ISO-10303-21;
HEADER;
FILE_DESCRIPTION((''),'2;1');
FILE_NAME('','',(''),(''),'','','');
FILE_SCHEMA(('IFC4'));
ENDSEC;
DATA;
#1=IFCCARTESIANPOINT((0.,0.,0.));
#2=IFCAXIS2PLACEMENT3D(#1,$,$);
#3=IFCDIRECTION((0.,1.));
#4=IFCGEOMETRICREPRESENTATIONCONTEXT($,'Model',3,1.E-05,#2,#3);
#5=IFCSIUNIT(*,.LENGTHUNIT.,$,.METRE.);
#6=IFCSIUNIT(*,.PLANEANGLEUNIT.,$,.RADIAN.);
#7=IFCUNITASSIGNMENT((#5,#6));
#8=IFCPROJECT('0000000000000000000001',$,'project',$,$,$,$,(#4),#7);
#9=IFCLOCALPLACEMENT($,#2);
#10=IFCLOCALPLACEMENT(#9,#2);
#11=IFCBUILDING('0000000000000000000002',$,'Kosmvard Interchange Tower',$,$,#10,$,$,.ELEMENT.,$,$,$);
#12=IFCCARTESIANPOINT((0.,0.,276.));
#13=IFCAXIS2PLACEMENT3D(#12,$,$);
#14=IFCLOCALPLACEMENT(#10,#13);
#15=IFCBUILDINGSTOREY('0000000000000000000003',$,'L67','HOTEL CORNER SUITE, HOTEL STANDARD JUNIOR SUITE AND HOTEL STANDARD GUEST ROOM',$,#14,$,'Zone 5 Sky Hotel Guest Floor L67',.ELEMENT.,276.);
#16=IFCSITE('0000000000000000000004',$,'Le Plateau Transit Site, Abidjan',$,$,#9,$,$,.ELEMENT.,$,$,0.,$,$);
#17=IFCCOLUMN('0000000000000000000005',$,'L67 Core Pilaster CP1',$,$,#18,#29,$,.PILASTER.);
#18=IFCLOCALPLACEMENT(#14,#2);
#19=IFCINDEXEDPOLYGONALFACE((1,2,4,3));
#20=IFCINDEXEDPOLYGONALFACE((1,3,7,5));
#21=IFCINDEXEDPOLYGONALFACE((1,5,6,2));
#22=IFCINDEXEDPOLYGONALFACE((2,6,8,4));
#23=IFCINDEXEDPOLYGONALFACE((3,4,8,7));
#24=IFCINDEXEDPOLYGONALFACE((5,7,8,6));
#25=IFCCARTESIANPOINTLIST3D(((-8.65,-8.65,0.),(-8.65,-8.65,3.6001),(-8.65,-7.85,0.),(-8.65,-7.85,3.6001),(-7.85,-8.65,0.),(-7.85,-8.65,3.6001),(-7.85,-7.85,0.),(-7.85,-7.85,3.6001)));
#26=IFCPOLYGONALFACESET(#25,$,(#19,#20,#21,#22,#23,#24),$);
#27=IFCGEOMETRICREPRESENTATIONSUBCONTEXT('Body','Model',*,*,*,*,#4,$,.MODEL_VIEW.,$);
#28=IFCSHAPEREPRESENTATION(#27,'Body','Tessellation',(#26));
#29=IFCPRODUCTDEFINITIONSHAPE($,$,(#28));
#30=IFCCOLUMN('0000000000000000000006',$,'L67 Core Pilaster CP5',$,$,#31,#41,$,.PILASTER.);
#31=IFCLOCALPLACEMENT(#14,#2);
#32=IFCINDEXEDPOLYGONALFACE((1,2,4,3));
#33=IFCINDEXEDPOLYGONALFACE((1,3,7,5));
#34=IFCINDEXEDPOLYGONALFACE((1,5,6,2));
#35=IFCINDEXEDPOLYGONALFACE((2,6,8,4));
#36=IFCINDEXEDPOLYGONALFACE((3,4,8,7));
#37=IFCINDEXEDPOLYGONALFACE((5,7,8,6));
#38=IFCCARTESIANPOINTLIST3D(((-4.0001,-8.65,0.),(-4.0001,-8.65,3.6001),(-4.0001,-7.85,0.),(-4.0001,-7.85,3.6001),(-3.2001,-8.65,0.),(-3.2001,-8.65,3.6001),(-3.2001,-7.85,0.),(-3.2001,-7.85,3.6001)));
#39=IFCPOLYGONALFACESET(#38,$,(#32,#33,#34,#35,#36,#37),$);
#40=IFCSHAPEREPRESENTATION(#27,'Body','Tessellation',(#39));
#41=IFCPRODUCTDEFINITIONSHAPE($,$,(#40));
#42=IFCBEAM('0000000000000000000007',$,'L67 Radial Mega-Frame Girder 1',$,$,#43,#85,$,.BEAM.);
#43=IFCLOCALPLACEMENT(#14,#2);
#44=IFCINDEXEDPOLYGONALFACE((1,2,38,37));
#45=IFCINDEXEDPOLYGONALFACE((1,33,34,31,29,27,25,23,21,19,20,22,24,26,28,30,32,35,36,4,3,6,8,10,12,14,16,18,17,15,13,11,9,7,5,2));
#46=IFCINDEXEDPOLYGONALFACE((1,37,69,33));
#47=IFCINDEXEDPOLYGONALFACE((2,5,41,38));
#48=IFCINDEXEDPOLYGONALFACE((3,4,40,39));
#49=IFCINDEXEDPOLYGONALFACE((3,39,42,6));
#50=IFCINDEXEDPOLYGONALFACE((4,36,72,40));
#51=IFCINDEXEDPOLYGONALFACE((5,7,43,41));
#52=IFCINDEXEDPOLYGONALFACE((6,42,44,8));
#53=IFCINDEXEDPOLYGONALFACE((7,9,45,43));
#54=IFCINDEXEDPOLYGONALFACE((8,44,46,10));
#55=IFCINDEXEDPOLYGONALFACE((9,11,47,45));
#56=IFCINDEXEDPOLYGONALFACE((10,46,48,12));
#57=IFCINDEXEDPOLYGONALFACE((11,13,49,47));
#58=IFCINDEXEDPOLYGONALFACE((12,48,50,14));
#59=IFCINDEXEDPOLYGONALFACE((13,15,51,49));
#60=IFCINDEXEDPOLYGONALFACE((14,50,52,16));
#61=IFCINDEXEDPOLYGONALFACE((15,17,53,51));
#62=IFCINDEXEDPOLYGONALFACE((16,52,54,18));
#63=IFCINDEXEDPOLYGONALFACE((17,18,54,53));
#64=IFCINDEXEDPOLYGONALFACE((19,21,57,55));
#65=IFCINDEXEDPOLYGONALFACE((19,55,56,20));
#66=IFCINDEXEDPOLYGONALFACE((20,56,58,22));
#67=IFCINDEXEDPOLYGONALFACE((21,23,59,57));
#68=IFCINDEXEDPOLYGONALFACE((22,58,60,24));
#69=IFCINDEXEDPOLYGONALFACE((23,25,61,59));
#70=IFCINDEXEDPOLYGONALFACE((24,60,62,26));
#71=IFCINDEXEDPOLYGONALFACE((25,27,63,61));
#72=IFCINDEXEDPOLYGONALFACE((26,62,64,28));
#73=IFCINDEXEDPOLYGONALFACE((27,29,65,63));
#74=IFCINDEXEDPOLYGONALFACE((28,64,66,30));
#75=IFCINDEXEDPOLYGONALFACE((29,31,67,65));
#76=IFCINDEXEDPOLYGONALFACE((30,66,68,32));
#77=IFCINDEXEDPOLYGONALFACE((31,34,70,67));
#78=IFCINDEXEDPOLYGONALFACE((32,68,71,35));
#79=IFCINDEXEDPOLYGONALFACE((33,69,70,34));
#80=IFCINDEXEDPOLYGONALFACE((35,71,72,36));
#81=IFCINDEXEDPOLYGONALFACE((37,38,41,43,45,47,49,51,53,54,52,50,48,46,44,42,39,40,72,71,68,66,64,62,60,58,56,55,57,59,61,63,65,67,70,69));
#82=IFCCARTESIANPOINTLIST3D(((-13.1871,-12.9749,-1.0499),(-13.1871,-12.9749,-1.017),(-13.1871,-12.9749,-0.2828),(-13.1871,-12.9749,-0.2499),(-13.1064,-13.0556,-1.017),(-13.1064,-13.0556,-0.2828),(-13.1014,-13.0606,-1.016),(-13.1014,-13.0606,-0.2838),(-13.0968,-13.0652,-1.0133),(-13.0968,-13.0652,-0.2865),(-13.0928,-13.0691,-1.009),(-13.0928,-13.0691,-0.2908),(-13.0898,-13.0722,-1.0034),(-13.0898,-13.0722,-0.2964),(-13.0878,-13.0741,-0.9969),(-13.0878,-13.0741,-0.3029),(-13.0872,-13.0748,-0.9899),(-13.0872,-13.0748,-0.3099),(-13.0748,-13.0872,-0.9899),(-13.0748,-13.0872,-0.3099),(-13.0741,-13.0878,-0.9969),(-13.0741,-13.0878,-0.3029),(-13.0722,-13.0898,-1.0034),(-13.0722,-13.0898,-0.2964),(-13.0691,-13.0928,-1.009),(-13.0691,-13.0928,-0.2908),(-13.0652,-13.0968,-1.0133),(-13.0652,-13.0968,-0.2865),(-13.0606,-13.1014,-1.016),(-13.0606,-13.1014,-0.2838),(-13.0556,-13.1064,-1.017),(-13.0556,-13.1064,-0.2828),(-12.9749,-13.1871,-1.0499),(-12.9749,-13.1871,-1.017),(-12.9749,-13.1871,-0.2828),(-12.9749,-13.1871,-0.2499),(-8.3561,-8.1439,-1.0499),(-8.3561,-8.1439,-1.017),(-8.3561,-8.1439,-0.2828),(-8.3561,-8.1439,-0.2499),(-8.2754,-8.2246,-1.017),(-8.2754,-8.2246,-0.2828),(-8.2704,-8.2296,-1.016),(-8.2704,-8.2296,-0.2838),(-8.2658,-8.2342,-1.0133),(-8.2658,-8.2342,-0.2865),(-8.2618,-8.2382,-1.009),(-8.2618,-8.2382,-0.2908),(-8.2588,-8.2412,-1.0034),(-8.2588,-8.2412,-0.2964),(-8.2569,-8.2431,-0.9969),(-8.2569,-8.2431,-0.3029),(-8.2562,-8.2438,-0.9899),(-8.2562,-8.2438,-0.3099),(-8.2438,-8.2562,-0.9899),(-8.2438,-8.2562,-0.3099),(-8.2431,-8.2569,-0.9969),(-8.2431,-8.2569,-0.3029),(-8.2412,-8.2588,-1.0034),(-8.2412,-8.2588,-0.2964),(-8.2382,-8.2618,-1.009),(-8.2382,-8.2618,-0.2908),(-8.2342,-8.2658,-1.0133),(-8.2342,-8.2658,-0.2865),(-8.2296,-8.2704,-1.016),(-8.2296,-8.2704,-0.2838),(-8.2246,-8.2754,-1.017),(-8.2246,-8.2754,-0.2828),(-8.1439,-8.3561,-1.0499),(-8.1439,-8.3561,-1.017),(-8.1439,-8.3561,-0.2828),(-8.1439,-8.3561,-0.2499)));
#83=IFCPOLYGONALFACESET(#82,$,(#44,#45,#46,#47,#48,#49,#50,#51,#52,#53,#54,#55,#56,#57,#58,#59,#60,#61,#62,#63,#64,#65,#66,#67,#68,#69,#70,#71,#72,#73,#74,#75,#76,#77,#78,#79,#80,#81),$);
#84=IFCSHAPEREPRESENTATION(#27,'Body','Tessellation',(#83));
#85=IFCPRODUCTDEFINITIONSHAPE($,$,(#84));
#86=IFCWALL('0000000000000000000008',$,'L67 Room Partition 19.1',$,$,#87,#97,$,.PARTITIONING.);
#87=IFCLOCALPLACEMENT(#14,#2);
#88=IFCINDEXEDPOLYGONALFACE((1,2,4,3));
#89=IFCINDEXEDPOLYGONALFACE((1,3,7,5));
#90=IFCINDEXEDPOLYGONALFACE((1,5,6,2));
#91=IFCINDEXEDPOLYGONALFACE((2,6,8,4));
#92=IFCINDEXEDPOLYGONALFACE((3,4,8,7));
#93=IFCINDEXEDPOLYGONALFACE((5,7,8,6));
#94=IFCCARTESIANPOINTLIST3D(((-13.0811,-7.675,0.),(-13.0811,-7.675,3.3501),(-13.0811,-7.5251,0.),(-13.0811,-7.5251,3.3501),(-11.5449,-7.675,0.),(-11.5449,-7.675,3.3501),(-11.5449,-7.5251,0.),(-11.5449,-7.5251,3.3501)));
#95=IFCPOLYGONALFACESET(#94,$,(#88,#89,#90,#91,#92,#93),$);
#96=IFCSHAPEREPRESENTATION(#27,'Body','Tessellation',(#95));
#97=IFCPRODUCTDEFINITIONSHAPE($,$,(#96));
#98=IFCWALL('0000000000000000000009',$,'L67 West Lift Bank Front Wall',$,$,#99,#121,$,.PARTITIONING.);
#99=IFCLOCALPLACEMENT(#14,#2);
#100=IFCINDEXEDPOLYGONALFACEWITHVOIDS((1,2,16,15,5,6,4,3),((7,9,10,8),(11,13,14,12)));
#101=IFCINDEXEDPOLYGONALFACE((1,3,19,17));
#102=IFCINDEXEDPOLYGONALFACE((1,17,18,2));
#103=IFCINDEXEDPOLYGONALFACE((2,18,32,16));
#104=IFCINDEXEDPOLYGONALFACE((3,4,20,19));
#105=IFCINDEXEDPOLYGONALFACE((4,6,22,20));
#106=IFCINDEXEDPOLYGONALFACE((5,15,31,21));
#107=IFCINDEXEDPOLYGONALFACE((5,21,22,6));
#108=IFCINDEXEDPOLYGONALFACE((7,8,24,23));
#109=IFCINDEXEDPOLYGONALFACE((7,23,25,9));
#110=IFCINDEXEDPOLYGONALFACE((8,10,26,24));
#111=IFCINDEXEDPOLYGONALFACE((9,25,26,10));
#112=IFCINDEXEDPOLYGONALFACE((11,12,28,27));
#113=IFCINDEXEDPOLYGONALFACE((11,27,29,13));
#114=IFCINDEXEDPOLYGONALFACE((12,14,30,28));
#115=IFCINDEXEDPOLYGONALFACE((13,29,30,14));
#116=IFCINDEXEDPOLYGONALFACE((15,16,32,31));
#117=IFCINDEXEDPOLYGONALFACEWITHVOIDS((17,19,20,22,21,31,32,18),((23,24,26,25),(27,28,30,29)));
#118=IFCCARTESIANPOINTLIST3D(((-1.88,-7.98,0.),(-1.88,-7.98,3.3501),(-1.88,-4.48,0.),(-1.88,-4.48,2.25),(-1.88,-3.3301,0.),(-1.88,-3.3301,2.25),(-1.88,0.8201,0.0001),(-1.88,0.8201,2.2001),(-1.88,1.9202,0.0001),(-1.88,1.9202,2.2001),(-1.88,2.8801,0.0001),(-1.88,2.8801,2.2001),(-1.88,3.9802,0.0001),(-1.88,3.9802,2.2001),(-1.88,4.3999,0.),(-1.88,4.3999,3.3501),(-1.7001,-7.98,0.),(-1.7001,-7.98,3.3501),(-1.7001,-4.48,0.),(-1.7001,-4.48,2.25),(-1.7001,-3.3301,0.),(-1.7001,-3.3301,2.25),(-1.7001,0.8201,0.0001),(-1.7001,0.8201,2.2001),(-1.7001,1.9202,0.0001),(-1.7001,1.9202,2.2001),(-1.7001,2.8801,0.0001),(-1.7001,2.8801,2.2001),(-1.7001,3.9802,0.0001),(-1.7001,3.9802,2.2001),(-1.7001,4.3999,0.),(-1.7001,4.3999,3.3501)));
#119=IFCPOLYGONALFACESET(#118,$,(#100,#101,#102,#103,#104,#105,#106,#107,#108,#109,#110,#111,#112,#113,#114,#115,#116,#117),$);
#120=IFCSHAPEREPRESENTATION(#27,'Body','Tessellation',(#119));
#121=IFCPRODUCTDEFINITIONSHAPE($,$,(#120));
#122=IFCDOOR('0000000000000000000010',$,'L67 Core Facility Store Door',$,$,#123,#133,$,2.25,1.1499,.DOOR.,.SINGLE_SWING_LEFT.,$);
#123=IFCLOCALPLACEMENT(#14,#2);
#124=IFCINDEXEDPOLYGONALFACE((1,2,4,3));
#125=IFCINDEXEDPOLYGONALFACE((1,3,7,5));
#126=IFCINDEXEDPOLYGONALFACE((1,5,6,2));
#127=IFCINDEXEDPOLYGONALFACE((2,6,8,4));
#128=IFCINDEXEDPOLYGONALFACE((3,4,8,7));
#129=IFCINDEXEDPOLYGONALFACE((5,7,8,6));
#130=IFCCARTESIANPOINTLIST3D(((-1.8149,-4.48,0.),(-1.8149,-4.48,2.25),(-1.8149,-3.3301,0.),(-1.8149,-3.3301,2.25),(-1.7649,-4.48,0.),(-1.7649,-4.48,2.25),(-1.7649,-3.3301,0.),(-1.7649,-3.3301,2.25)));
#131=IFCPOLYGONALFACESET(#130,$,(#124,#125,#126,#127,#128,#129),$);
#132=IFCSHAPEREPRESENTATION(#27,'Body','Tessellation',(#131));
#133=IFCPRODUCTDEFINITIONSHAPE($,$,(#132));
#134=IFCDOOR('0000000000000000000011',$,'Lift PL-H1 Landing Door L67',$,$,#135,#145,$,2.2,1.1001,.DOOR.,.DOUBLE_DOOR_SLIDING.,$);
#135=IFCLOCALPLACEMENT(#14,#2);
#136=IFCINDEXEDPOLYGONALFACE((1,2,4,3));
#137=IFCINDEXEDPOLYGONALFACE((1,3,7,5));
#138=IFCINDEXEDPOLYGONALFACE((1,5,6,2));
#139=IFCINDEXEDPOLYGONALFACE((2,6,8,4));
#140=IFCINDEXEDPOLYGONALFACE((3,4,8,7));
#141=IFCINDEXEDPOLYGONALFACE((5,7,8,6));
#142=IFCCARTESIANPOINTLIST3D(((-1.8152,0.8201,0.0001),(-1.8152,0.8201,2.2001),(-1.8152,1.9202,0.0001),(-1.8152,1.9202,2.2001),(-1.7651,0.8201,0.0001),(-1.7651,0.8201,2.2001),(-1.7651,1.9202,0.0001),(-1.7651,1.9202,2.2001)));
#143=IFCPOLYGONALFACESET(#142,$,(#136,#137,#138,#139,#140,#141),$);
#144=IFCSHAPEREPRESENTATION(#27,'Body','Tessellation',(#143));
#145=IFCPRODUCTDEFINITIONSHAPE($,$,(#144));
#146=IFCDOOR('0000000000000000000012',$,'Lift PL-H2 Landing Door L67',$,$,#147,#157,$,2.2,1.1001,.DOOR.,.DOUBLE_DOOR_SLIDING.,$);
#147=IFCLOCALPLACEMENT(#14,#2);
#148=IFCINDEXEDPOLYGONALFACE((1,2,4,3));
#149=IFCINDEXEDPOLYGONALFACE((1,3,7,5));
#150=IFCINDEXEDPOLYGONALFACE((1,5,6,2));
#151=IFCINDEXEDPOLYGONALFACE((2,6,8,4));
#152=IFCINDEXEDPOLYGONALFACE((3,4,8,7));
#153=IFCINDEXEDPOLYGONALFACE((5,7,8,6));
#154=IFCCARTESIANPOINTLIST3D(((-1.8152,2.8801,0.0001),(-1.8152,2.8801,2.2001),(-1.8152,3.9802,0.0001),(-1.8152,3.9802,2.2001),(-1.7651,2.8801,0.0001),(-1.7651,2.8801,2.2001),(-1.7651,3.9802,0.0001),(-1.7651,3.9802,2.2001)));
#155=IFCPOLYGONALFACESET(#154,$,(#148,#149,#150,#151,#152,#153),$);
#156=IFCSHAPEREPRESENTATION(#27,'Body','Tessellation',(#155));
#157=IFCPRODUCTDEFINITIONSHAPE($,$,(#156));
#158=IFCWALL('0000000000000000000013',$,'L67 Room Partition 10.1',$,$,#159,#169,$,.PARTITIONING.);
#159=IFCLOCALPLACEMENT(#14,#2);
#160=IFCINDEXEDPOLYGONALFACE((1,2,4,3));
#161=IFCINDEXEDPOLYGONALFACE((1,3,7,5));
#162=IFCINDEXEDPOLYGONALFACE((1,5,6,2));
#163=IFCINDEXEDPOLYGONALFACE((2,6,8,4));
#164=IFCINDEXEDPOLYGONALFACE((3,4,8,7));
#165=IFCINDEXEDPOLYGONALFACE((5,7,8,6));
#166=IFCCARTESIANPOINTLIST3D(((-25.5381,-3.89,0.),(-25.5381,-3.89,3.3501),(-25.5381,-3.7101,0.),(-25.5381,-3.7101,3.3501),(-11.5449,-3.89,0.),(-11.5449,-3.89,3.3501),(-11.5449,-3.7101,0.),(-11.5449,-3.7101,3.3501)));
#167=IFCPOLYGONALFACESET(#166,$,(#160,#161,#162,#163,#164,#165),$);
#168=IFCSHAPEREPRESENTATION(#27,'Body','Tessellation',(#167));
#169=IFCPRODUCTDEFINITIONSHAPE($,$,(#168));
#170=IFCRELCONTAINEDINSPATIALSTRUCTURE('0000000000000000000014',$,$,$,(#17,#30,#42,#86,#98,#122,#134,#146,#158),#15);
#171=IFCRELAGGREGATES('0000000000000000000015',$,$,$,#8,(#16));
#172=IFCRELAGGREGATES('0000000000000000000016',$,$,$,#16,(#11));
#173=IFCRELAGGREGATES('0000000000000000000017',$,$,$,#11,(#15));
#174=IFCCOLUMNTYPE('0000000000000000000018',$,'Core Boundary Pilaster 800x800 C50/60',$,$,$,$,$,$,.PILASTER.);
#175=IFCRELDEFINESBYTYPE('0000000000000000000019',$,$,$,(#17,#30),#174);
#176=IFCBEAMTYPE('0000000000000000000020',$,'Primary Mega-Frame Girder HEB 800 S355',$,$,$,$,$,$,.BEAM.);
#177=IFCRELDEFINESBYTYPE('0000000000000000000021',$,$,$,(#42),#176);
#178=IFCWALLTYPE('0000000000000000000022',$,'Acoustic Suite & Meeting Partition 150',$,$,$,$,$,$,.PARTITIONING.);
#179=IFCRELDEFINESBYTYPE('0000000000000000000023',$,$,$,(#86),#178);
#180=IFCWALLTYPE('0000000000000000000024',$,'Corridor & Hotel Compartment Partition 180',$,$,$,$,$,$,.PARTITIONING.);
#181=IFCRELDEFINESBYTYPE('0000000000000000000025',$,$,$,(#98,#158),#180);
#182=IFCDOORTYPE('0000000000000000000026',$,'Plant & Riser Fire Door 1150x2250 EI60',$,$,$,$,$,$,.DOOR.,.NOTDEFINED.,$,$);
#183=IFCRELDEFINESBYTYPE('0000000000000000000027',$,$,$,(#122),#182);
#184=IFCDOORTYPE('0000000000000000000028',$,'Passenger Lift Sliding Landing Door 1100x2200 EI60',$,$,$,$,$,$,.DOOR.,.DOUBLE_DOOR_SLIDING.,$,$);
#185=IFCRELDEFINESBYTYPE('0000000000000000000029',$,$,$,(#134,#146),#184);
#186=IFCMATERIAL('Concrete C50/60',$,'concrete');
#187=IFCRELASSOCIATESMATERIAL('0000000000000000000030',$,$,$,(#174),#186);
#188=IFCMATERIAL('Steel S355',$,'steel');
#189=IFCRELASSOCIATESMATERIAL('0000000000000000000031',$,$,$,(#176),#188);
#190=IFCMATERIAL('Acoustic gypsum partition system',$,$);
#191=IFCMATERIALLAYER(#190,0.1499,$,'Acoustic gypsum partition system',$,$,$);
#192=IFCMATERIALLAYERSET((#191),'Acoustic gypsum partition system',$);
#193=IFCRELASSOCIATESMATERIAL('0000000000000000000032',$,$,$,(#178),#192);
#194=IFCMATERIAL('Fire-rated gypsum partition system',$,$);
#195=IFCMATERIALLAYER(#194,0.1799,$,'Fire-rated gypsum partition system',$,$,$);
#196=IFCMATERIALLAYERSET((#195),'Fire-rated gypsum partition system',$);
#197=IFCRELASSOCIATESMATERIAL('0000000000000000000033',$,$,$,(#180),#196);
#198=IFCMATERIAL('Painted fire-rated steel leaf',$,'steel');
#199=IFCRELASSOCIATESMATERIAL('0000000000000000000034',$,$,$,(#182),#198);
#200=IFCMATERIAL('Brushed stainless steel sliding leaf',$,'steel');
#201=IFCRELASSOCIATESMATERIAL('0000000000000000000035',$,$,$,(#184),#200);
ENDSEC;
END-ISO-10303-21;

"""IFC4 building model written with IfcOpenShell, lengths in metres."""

from ifc_helpers import new_model, si_unit, direction, frame, frame_2d, origin, origin_2d, place, context, subcontext, project, spatial, rectangle, i_section, extrude, source, transform, mapped, material, layer, layer_set, material_profile, profile_set, type_object, element, fill, save


model = new_model("IFC4")

# Units and contexts
model_context = context("Model", 3, precision=1e-05, world=origin(), true_north=direction((0.0, 1.0)))
body_context = subcontext(model_context, "Body", "Model", "MODEL_VIEW")
ifc_project = project(units=[si_unit("LENGTHUNIT", "METRE"), si_unit("PLANEANGLEUNIT", "RADIAN")], contexts=[model_context])

# Site, building, storey
site_placement = place(None, origin())
site = spatial("IfcSite", under=ifc_project, at=site_placement, Name="Le Plateau Transit Site, Abidjan", CompositionType="ELEMENT", RefElevation=0.0)
building_placement = place(site_placement, origin())
building = spatial("IfcBuilding", under=site, at=building_placement, Name="Kosmvard Interchange Tower", CompositionType="ELEMENT")
storey_placement = place(building_placement, frame((0.0, 0.0, 276.0)))
storey = spatial("IfcBuildingStorey", under=building, at=storey_placement, Name="L67", Description="HOTEL CORNER SUITE, HOTEL STANDARD JUNIOR SUITE AND HOTEL STANDARD GUEST ROOM", LongName="Zone 5 Sky Hotel Guest Floor L67", CompositionType="ELEMENT", Elevation=276.0)

# Columns
ifc_material_1 = material(Name="Concrete C50/60", Category="concrete")
ifc_material_profile_1 = material_profile(ifc_material_1, rectangle(XDim=0.8, YDim=0.8, at=origin_2d()), Name="CP 800x800")
ifc_profile_set_1 = profile_set([ifc_material_profile_1], Name="Concrete C50/60")
column_type = type_object("IfcColumnType", Name="Core Boundary Pilaster 800x800 C50/60", PredefinedType="PILASTER", material=ifc_profile_set_1)
shared_shape_1 = source(origin(), body_context, "Body", "SweptSolid", [
    extrude(rectangle(XDim=0.8, YDim=0.8, at=origin_2d()), origin(), (0.0, 0.0, 1.0), 3.6001),
])
for number, where, z_axis, x_axis, name in (
    (1, (-8.25, -8.25, 0.0), (0.0, 0.0, 1.0), (1.0, 0.0, 0.0), "L67 Core Pilaster CP1"),
    (2, (-3.6001, -8.25, 0.0), (0.0, 0.0, 1.0), (1.0, 0.0, 0.0), "L67 Core Pilaster CP5"),
):
    element("IfcColumn", number, at=place(storey_placement, frame(where, z_axis=z_axis, x_axis=x_axis)), inside=storey, type_object=column_type, Name=name, PredefinedType="PILASTER", context=body_context, shape_type="MappedRepresentation", body=[
        mapped(shared_shape_1, transform((0.0, 0.0, 0.0), scale=1.0)),
    ])

# Beam
ifc_material_2 = material(Name="Steel S355", Category="steel")
ifc_material_profile_2 = material_profile(ifc_material_2, i_section(OverallWidth=0.3, OverallDepth=0.8, WebThickness=0.0176, FlangeThickness=0.033, FilletRadius=0.0271, at=origin_2d()), Name="HEB 800")
ifc_profile_set_2 = profile_set([ifc_material_profile_2], Name="Steel S355")
beam_type = type_object("IfcBeamType", Name="Primary Mega-Frame Girder HEB 800 S355", PredefinedType="BEAM", material=ifc_profile_set_2)
shared_shape_2 = source(origin(), body_context, "Body", "SweptSolid", [
    extrude(i_section(OverallWidth=0.3, OverallDepth=0.8, WebThickness=0.0176, FlangeThickness=0.033, FilletRadius=0.0271, at=origin_2d()), origin(), (0.0, 0.0, 1.0), 6.832),
])
beam_placement = place(storey_placement, frame((-8.25, -8.25, -0.6499), z_axis=(-0.707107, -0.707107, 0.0), x_axis=(0.707107, -0.707107, 0.0)))
element("IfcBeam", 3, at=beam_placement, inside=storey, type_object=beam_type, Name="L67 Radial Mega-Frame Girder 1", PredefinedType="BEAM", context=body_context, shape_type="MappedRepresentation", body=[
    mapped(shared_shape_2, transform((0.0, 0.0, 0.0), scale=1.0)),
])

# Wall
ifc_material_3 = material(Name="Acoustic gypsum partition system")
ifc_layer_1 = layer(ifc_material_3, 0.1499, Name="Acoustic gypsum partition system")
ifc_layer_set_1 = layer_set([ifc_layer_1], Name="Acoustic gypsum partition system")
wall_type_1 = type_object("IfcWallType", Name="Acoustic Suite & Meeting Partition 150", PredefinedType="PARTITIONING", material=ifc_layer_set_1)
wall_1_placement = place(storey_placement, frame((-11.5449, -7.6001, 0.0), z_axis=(0.0, 0.0, 1.0), x_axis=(-1.0, 0.0, 0.0)))
element("IfcWall", 4, at=wall_1_placement, inside=storey, type_object=wall_type_1, Name="L67 Room Partition 19.1", PredefinedType="PARTITIONING", context=body_context, shape_type="SweptSolid", body=[
    extrude(rectangle(XDim=1.5361, YDim=0.1499, at=frame_2d((0.7681, 0.0))), origin(), (0.0, 0.0, 1.0), 3.3501),
])

# Wall, openings, doors
ifc_material_4 = material(Name="Fire-rated gypsum partition system")
ifc_layer_2 = layer(ifc_material_4, 0.1799, Name="Fire-rated gypsum partition system")
ifc_layer_set_2 = layer_set([ifc_layer_2], Name="Fire-rated gypsum partition system")
wall_type_2 = type_object("IfcWallType", Name="Corridor & Hotel Compartment Partition 180", PredefinedType="PARTITIONING", material=ifc_layer_set_2)
wall_2_placement = place(storey_placement, frame((-1.79, -7.98, 0.0), z_axis=(0.0, 0.0, 1.0), x_axis=(0.0, 1.0, 0.0)))
wall_2 = element("IfcWall", 5, at=wall_2_placement, inside=storey, type_object=wall_type_2, Name="L67 West Lift Bank Front Wall", PredefinedType="PARTITIONING", context=body_context, shape_type="SweptSolid", body=[
    extrude(rectangle(XDim=12.3799, YDim=0.1799, at=frame_2d((6.1899, 0.0))), origin(), (0.0, 0.0, 1.0), 3.3501),
])
opening_1_placement = place(wall_2_placement, frame((8.8, 0.0, 0.0)))
opening_1 = element("IfcOpeningElement", 6, at=opening_1_placement, cuts=wall_2, PredefinedType="OPENING", context=body_context, shape_type="SweptSolid", body=[
    extrude(rectangle(XDim=1.1001, YDim=2.2, at=frame_2d((0.55, 1.1001))), frame((0.0, 0.1001, 0.0), z_axis=(0.0, -1.0, 0.0), x_axis=(1.0, 0.0, 0.0)), (0.0, 0.0, 1.0), 0.2),
])
opening_2_placement = place(wall_2_placement, frame((10.8601, 0.0, 0.0)))
opening_2 = element("IfcOpeningElement", 7, at=opening_2_placement, cuts=wall_2, PredefinedType="OPENING", context=body_context, shape_type="SweptSolid", body=[
    extrude(rectangle(XDim=1.1001, YDim=2.2, at=frame_2d((0.55, 1.1001))), frame((0.0, 0.1001, 0.0), z_axis=(0.0, -1.0, 0.0), x_axis=(1.0, 0.0, 0.0)), (0.0, 0.0, 1.0), 0.2),
])
opening_3_placement = place(wall_2_placement, frame((3.5, 0.0, 0.0)))
opening_3 = element("IfcOpeningElement", 8, at=opening_3_placement, cuts=wall_2, PredefinedType="OPENING", context=body_context, shape_type="SweptSolid", body=[
    extrude(rectangle(XDim=1.1499, YDim=2.25, at=frame_2d((0.575, 1.125))), frame((0.0, 0.1001, 0.0), z_axis=(0.0, -1.0, 0.0), x_axis=(1.0, 0.0, 0.0)), (0.0, 0.0, 1.0), 0.2),
])
ifc_material_5 = material(Name="Painted fire-rated steel leaf", Category="steel")
door_type_1 = type_object("IfcDoorType", Name="Plant & Riser Fire Door 1150x2250 EI60", OperationType="NOTDEFINED", PredefinedType="DOOR", material=ifc_material_5)
shared_shape_3 = source(origin(), body_context, "Body", "SweptSolid", [
    extrude(rectangle(XDim=1.1499, YDim=2.25, at=frame_2d((0.575, 1.125))), frame((0.0, 0.0249, 0.0), z_axis=(0.0, -1.0, 0.0), x_axis=(1.0, 0.0, 0.0)), (0.0, 0.0, 1.0), 0.05),
])
door_1_placement = place(opening_3_placement, origin())
door_1 = element("IfcDoor", 9, at=door_1_placement, inside=storey, type_object=door_type_1, Name="L67 Core Facility Store Door", OperationType="SINGLE_SWING_LEFT", OverallHeight=2.25, OverallWidth=1.1499, PredefinedType="DOOR", context=body_context, shape_type="MappedRepresentation", body=[
    mapped(shared_shape_3, transform((0.0, 0.0, 0.0), scale=1.0)),
])
fill(opening_3, door_1)
ifc_material_6 = material(Name="Brushed stainless steel sliding leaf", Category="steel")
door_type_2 = type_object("IfcDoorType", Name="Passenger Lift Sliding Landing Door 1100x2200 EI60", OperationType="DOUBLE_DOOR_SLIDING", PredefinedType="DOOR", material=ifc_material_6)
shared_shape_4 = source(origin(), body_context, "Body", "SweptSolid", [
    extrude(rectangle(XDim=1.1001, YDim=2.2, at=frame_2d((0.55, 1.1001))), frame((0.0, 0.0249, 0.0), z_axis=(0.0, -1.0, 0.0), x_axis=(1.0, 0.0, 0.0)), (0.0, 0.0, 1.0), 0.05),
])
door_2_placement = place(opening_1_placement, frame((1.1001, 0.0, 0.0), z_axis=(0.0, 0.0, 1.0), x_axis=(-1.0, 0.0, 0.0)))
door_2 = element("IfcDoor", 10, at=door_2_placement, inside=storey, type_object=door_type_2, Name="Lift PL-H1 Landing Door L67", OperationType="DOUBLE_DOOR_SLIDING", OverallHeight=2.2, OverallWidth=1.1001, PredefinedType="DOOR", context=body_context, shape_type="MappedRepresentation", body=[
    mapped(shared_shape_4, transform((0.0, 0.0, 0.0), scale=1.0)),
])
fill(opening_1, door_2)
door_3_placement = place(opening_2_placement, frame((1.1001, 0.0, 0.0), z_axis=(0.0, 0.0, 1.0), x_axis=(-1.0, 0.0, 0.0)))
door_3 = element("IfcDoor", 11, at=door_3_placement, inside=storey, type_object=door_type_2, Name="Lift PL-H2 Landing Door L67", OperationType="DOUBLE_DOOR_SLIDING", OverallHeight=2.2, OverallWidth=1.1001, PredefinedType="DOOR", context=body_context, shape_type="MappedRepresentation", body=[
    mapped(shared_shape_4, transform((0.0, 0.0, 0.0), scale=1.0)),
])
fill(opening_2, door_3)

# Wall
wall_3_placement = place(storey_placement, frame((-11.5449, -3.8, 0.0), z_axis=(0.0, 0.0, 1.0), x_axis=(-1.0, 0.0, 0.0)))
element("IfcWall", 12, at=wall_3_placement, inside=storey, type_object=wall_type_2, Name="L67 Room Partition 10.1", PredefinedType="PARTITIONING", context=body_context, shape_type="SweptSolid", body=[
    extrude(rectangle(XDim=13.9932, YDim=0.1799, at=frame_2d((6.9966, 0.0))), origin(), (0.0, 0.0, 1.0), 3.3501),
])

save(model, "model.ifc")
